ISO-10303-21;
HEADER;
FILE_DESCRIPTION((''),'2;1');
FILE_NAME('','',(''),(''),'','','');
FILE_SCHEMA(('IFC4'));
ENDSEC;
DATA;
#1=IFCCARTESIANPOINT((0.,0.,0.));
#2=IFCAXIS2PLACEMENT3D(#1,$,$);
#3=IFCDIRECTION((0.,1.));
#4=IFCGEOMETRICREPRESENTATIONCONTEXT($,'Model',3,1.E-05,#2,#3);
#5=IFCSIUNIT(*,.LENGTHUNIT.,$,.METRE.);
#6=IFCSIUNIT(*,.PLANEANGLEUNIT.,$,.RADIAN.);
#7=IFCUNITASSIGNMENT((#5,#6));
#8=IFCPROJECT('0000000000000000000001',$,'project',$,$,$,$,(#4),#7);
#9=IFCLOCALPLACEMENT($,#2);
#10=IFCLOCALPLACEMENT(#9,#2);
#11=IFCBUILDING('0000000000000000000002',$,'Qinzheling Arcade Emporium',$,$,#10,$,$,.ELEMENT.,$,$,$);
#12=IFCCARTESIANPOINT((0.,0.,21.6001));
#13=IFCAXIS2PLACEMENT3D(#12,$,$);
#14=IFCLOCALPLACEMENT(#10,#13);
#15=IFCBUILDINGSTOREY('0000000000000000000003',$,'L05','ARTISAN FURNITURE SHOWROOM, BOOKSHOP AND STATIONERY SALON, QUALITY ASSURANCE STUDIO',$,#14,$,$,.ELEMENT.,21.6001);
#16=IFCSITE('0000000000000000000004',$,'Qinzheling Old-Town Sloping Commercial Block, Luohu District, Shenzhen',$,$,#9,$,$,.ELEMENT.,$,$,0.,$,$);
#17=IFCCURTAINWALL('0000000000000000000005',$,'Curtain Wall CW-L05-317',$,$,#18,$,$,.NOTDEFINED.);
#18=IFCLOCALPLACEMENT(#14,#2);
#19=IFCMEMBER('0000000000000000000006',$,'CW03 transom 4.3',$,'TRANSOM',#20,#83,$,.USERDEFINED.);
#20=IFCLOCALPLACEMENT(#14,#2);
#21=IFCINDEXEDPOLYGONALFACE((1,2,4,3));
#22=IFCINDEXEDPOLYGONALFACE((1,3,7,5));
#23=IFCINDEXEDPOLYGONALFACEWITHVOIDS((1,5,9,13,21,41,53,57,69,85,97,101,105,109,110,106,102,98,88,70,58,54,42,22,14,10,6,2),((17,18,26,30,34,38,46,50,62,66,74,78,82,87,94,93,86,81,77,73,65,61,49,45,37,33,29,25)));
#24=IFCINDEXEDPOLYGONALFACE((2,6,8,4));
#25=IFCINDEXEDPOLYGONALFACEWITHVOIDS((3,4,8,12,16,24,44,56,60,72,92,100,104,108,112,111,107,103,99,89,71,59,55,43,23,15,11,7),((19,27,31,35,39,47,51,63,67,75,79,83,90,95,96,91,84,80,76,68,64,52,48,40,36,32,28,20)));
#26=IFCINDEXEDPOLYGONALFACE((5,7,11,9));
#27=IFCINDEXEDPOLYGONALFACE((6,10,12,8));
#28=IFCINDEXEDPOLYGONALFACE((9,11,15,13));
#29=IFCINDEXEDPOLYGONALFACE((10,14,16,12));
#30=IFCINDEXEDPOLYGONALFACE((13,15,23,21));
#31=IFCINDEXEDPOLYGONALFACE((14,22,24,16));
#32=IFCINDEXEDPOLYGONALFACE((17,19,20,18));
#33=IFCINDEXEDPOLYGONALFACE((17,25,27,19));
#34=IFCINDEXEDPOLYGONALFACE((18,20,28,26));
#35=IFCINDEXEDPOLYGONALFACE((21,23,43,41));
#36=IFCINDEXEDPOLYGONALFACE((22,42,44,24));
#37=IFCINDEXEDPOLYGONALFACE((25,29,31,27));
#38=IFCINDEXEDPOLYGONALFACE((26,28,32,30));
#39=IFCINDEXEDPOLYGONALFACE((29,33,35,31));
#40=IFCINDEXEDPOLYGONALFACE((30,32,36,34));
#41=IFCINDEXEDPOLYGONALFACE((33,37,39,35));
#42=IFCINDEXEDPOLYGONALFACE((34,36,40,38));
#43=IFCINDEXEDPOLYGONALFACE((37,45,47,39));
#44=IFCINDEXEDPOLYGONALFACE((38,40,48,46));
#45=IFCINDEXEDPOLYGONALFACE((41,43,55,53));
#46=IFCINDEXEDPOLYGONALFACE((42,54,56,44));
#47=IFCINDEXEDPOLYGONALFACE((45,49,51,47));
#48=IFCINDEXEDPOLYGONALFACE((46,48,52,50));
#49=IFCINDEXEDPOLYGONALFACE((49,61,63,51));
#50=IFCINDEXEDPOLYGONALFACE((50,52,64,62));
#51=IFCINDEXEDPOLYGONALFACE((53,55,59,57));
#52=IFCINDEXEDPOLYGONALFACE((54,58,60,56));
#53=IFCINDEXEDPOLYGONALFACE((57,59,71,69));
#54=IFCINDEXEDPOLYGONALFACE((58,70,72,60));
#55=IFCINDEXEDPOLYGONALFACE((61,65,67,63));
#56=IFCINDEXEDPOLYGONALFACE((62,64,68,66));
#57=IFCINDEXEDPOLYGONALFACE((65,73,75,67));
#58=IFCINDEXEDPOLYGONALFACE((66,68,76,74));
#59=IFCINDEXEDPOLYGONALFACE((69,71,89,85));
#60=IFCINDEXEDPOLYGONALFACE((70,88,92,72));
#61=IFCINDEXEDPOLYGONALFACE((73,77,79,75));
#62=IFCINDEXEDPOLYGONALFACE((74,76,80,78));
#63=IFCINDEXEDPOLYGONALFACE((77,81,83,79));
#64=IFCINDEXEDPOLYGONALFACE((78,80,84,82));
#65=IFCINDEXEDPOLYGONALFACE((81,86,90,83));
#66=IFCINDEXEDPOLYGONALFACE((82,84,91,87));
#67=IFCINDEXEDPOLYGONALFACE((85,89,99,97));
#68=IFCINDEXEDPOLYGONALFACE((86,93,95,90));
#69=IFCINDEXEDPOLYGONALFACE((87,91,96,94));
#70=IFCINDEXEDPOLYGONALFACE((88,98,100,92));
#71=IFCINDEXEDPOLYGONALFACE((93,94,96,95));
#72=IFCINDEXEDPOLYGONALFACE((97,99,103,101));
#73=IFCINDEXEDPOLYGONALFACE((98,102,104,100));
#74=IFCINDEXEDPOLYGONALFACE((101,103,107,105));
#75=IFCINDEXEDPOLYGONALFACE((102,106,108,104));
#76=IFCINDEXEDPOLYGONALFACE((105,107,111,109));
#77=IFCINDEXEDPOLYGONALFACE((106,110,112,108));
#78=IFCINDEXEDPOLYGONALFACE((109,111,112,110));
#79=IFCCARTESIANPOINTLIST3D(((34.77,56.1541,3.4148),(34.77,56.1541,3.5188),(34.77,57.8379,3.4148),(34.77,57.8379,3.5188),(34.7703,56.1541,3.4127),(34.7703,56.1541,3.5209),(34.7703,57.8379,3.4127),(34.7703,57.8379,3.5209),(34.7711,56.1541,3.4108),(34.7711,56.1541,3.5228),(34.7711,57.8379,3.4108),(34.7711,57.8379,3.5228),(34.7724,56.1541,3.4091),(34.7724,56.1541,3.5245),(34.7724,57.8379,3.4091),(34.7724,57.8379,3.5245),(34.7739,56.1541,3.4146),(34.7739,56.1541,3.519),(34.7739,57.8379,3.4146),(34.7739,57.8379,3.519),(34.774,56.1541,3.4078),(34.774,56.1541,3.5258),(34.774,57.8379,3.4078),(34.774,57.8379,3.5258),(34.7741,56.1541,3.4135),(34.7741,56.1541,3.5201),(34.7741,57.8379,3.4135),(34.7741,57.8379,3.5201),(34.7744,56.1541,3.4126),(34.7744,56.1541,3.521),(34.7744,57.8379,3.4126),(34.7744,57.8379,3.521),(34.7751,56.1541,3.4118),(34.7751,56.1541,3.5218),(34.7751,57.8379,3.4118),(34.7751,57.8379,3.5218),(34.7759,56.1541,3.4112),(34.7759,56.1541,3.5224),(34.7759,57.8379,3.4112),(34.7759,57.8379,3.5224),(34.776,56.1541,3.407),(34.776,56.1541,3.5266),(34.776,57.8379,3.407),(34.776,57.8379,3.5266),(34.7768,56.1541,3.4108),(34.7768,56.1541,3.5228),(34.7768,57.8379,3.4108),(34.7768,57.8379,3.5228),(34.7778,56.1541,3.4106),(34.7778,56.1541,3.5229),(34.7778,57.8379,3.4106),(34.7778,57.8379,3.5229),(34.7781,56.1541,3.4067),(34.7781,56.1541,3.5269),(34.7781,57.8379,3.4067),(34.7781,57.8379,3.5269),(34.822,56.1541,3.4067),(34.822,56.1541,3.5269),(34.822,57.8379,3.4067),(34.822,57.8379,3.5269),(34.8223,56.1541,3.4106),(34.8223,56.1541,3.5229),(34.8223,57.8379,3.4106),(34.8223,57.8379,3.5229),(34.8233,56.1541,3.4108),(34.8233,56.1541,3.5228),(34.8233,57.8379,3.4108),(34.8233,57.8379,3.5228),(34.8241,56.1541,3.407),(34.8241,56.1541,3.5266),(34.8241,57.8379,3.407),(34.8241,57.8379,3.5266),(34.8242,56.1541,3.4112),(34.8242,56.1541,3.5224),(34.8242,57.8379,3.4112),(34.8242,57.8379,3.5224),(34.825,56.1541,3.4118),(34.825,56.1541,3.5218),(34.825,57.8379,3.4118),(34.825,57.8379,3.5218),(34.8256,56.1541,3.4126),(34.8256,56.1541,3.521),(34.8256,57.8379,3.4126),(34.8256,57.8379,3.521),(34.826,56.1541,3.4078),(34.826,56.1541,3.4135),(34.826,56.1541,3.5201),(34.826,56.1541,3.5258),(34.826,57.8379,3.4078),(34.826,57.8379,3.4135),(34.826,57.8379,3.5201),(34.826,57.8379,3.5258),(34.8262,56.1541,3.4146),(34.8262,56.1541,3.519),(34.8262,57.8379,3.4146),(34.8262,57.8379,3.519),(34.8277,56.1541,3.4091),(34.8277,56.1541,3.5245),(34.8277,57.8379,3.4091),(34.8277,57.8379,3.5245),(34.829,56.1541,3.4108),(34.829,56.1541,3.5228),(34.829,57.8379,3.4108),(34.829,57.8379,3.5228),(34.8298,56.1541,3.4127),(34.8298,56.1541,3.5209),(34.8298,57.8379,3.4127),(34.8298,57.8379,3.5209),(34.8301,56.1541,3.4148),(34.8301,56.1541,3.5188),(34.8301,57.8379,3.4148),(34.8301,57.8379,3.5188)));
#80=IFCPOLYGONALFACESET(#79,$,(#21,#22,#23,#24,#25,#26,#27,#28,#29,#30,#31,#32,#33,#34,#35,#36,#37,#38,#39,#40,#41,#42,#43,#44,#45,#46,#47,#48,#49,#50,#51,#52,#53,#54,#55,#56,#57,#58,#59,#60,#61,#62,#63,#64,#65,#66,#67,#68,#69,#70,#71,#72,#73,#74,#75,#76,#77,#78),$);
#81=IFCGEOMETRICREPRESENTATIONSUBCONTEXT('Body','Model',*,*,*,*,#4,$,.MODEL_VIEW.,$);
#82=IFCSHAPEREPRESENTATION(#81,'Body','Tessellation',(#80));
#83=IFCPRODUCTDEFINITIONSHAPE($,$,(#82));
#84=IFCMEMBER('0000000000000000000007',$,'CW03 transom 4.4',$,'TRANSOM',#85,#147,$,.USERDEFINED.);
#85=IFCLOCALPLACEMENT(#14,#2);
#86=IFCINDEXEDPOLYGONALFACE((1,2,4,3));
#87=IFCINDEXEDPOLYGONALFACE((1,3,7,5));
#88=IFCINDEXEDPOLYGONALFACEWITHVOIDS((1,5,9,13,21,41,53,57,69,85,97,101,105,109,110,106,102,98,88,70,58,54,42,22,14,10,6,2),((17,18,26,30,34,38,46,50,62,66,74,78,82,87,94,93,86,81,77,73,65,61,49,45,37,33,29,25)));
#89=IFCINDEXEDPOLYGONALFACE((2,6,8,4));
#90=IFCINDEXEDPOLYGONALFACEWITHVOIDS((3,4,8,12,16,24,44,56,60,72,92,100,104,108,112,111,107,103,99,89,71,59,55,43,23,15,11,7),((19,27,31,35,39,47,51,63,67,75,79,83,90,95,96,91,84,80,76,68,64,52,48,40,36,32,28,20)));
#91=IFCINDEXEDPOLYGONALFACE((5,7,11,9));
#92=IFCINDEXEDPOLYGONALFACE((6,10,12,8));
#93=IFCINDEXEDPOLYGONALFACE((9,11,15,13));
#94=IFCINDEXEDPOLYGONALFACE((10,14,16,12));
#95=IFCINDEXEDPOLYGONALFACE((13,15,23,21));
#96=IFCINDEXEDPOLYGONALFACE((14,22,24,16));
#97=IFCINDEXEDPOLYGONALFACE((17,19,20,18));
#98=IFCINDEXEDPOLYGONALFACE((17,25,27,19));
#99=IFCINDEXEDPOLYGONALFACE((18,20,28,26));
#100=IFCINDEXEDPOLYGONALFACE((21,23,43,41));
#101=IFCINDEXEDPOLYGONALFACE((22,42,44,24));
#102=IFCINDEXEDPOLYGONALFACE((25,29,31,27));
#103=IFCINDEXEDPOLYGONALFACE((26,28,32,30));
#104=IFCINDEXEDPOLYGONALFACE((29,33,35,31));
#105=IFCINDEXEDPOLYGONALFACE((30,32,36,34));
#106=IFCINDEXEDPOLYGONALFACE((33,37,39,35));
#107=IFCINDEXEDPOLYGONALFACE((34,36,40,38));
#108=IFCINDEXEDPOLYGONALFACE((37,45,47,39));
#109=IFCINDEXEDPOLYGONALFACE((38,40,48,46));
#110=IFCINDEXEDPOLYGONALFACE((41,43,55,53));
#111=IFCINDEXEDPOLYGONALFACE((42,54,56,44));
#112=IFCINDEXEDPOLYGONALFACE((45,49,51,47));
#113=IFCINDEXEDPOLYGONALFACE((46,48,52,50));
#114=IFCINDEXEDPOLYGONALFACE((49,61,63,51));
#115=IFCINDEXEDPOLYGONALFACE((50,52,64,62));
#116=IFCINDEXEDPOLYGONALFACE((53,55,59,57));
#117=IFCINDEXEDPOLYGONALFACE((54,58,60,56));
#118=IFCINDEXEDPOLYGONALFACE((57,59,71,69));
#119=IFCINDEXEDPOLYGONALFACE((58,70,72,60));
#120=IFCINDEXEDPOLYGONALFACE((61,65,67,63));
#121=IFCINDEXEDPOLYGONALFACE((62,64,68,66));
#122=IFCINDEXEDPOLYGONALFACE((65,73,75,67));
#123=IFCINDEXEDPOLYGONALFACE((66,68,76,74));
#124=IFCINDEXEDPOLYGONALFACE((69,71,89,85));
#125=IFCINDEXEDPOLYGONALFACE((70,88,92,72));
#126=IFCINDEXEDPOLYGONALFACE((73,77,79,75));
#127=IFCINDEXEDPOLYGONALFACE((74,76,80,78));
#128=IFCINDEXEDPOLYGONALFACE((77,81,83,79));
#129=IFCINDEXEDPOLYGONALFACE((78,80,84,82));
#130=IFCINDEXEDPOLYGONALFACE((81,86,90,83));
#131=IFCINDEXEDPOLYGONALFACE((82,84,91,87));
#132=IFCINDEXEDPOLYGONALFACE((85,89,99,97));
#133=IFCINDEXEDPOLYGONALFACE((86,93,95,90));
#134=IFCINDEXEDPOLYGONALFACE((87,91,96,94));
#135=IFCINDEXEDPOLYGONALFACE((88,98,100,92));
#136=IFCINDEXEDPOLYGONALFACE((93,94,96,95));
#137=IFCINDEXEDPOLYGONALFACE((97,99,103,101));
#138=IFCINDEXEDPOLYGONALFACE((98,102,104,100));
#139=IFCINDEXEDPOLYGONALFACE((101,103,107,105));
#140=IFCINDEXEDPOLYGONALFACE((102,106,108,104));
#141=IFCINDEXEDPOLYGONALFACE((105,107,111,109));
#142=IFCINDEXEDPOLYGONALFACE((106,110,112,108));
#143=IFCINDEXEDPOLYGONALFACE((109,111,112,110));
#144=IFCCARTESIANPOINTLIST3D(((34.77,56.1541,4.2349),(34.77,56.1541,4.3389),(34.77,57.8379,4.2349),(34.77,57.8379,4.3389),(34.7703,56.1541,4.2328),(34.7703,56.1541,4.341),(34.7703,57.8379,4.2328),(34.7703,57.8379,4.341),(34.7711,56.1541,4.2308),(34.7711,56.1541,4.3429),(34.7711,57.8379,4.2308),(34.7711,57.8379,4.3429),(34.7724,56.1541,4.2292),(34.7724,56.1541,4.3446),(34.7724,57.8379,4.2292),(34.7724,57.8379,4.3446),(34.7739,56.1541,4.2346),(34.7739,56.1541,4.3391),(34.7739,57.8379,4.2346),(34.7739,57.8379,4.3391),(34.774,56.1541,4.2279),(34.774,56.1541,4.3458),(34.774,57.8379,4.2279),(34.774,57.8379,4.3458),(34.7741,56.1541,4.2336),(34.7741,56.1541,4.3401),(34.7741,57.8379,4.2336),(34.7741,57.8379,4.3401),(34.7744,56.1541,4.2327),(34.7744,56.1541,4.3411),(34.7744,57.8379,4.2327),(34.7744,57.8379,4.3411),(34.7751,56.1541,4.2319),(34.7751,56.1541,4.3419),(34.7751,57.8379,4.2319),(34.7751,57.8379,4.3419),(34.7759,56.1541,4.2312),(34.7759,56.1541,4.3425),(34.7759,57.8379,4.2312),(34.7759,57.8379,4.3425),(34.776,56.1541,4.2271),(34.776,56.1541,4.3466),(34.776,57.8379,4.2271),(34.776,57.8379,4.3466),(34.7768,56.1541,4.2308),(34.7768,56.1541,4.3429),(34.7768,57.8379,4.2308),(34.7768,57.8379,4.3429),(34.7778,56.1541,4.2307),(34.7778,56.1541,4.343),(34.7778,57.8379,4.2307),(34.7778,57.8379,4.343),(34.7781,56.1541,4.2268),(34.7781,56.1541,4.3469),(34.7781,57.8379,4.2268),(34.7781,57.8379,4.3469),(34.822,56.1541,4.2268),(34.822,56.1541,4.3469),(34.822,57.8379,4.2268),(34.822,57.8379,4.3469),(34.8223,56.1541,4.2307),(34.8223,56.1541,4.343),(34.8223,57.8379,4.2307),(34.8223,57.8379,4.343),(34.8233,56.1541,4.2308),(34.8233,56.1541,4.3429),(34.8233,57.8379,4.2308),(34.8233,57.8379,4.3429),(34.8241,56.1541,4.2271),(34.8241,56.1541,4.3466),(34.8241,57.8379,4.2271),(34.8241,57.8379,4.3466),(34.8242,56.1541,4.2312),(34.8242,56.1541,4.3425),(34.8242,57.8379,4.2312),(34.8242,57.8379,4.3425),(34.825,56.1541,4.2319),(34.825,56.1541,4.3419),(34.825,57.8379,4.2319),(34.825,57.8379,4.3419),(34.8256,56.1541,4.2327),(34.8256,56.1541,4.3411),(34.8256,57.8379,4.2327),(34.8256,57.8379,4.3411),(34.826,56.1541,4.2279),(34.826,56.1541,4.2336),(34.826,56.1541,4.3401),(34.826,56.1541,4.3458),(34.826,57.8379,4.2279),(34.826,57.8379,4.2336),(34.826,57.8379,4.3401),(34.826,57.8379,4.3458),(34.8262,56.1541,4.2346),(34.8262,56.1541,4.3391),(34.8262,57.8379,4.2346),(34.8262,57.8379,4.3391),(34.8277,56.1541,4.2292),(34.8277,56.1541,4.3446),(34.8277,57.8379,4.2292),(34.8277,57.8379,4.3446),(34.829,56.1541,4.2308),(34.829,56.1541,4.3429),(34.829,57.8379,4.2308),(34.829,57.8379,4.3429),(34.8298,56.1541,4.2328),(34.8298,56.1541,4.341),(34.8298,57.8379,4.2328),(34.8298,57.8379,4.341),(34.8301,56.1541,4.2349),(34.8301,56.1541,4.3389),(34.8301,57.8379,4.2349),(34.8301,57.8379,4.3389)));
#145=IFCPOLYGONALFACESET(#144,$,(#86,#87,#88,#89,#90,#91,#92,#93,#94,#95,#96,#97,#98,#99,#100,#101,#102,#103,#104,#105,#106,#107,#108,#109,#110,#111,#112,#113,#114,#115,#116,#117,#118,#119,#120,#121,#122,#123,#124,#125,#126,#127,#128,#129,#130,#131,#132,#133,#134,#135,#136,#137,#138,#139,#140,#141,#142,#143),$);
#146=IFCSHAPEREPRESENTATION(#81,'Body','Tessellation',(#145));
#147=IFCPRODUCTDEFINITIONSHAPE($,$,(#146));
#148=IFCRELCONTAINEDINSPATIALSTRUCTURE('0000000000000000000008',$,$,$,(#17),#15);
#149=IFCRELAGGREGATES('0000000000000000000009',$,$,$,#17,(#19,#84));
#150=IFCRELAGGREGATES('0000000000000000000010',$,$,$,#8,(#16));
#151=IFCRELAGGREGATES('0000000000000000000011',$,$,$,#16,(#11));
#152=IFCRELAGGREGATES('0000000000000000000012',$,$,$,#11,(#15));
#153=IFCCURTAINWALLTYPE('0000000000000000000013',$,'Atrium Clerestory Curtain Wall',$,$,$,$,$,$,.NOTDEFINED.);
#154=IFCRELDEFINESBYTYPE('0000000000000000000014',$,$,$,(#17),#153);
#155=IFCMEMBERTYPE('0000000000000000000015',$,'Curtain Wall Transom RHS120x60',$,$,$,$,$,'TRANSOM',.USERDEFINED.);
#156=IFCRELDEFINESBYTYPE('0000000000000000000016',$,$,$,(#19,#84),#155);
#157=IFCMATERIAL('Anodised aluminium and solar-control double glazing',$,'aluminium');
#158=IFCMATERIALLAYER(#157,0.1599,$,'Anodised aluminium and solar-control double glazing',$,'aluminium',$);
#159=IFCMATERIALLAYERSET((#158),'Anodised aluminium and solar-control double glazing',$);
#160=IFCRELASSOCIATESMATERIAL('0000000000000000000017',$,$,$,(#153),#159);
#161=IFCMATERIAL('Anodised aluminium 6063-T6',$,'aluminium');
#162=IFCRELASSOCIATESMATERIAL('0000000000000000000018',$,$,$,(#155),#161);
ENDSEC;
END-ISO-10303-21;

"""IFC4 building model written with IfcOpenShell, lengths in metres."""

from ifc_helpers import new_model, si_unit, direction, frame, origin, origin_2d, place, context, subcontext, project, spatial, hollow_rectangle, extrude, material, layer, layer_set, material_profile, profile_set, type_object, element, aggregate, save


model = new_model("IFC4")

# Units and contexts
model_context = context("Model", 3, precision=1e-05, world=origin(), true_north=direction((0.0, 1.0)))
body_context = subcontext(model_context, "Body", "Model", "MODEL_VIEW")
ifc_project = project(units=[si_unit("LENGTHUNIT", "METRE"), si_unit("PLANEANGLEUNIT", "RADIAN")], contexts=[model_context])

# Site, building, storey
site_placement = place(None, origin())
site = spatial("IfcSite", under=ifc_project, at=site_placement, Name="Qinzheling Old-Town Sloping Commercial Block, Luohu District, Shenzhen", CompositionType="ELEMENT", RefElevation=0.0)
building_placement = place(site_placement, origin())
building = spatial("IfcBuilding", under=site, at=building_placement, Name="Qinzheling Arcade Emporium", CompositionType="ELEMENT")
storey_placement = place(building_placement, frame((0.0, 0.0, 21.6001)))
storey = spatial("IfcBuildingStorey", under=building, at=storey_placement, Name="L05", Description="ARTISAN FURNITURE SHOWROOM, BOOKSHOP AND STATIONERY SALON, QUALITY ASSURANCE STUDIO", CompositionType="ELEMENT", Elevation=21.6001)

# Curtain wall
ifc_material_1 = material(Name="Anodised aluminium and solar-control double glazing", Category="aluminium")
ifc_layer_1 = layer(ifc_material_1, 0.1599, Name="Anodised aluminium and solar-control double glazing", Category="aluminium")
ifc_layer_set_1 = layer_set([ifc_layer_1], Name="Anodised aluminium and solar-control double glazing")
curtain_wall_type = type_object("IfcCurtainWallType", Name="Atrium Clerestory Curtain Wall", PredefinedType="NOTDEFINED", material=ifc_layer_set_1)
curtain_wall_1_placement = place(storey_placement, origin())
curtain_wall_1 = element("IfcCurtainWall", 1, at=curtain_wall_1_placement, inside=storey, type_object=curtain_wall_type, Name="Curtain Wall CW-L05-317", PredefinedType="NOTDEFINED")
ifc_material_2 = material(Name="Anodised aluminium 6063-T6", Category="aluminium")

# Members
ifc_material_profile_1 = material_profile(ifc_material_2, hollow_rectangle(XDim=0.0601, YDim=0.1201, WallThickness=0.0039, InnerFilletRadius=0.0039, OuterFilletRadius=0.0081, at=origin_2d()), Name="RHS 120x60x4", Category="aluminium")
ifc_profile_set_1 = profile_set([ifc_material_profile_1], Name="Anodised aluminium 6063-T6")
member_type_1 = type_object("IfcMemberType", Name="Curtain Wall Transom RHS120x60", ElementType="TRANSOM", PredefinedType="USERDEFINED", material=ifc_profile_set_1)
member_1_placement = place(storey_placement, frame((34.8, 56.1541, 3.4668), z_axis=(0.0, 1.0, 0.0), x_axis=(-1.0, 0.0, 0.0)))
member_1 = element("IfcMember", 2, at=member_1_placement, type_object=member_type_1, Name="CW03 transom 4.3", ObjectType="TRANSOM", PredefinedType="USERDEFINED", context=body_context, shape_type="SweptSolid", body=[
    extrude(hollow_rectangle(XDim=0.0601, YDim=0.1201, WallThickness=0.0039, InnerFilletRadius=0.0039, OuterFilletRadius=0.0081, at=origin_2d()), origin(), (0.0, 0.0, 1.0), 1.6838),
])
member_2_placement = place(storey_placement, frame((34.8, 56.1541, 4.2869), z_axis=(0.0, 1.0, 0.0), x_axis=(-1.0, 0.0, 0.0)))
member_2 = element("IfcMember", 3, at=member_2_placement, type_object=member_type_1, Name="CW03 transom 4.4", ObjectType="TRANSOM", PredefinedType="USERDEFINED", context=body_context, shape_type="SweptSolid", body=[
    extrude(hollow_rectangle(XDim=0.0601, YDim=0.1201, WallThickness=0.0039, InnerFilletRadius=0.0039, OuterFilletRadius=0.0081, at=origin_2d()), origin(), (0.0, 0.0, 1.0), 1.6838),
])

aggregate(curtain_wall_1, [member_1, member_2])

save(model, "model.ifc")
